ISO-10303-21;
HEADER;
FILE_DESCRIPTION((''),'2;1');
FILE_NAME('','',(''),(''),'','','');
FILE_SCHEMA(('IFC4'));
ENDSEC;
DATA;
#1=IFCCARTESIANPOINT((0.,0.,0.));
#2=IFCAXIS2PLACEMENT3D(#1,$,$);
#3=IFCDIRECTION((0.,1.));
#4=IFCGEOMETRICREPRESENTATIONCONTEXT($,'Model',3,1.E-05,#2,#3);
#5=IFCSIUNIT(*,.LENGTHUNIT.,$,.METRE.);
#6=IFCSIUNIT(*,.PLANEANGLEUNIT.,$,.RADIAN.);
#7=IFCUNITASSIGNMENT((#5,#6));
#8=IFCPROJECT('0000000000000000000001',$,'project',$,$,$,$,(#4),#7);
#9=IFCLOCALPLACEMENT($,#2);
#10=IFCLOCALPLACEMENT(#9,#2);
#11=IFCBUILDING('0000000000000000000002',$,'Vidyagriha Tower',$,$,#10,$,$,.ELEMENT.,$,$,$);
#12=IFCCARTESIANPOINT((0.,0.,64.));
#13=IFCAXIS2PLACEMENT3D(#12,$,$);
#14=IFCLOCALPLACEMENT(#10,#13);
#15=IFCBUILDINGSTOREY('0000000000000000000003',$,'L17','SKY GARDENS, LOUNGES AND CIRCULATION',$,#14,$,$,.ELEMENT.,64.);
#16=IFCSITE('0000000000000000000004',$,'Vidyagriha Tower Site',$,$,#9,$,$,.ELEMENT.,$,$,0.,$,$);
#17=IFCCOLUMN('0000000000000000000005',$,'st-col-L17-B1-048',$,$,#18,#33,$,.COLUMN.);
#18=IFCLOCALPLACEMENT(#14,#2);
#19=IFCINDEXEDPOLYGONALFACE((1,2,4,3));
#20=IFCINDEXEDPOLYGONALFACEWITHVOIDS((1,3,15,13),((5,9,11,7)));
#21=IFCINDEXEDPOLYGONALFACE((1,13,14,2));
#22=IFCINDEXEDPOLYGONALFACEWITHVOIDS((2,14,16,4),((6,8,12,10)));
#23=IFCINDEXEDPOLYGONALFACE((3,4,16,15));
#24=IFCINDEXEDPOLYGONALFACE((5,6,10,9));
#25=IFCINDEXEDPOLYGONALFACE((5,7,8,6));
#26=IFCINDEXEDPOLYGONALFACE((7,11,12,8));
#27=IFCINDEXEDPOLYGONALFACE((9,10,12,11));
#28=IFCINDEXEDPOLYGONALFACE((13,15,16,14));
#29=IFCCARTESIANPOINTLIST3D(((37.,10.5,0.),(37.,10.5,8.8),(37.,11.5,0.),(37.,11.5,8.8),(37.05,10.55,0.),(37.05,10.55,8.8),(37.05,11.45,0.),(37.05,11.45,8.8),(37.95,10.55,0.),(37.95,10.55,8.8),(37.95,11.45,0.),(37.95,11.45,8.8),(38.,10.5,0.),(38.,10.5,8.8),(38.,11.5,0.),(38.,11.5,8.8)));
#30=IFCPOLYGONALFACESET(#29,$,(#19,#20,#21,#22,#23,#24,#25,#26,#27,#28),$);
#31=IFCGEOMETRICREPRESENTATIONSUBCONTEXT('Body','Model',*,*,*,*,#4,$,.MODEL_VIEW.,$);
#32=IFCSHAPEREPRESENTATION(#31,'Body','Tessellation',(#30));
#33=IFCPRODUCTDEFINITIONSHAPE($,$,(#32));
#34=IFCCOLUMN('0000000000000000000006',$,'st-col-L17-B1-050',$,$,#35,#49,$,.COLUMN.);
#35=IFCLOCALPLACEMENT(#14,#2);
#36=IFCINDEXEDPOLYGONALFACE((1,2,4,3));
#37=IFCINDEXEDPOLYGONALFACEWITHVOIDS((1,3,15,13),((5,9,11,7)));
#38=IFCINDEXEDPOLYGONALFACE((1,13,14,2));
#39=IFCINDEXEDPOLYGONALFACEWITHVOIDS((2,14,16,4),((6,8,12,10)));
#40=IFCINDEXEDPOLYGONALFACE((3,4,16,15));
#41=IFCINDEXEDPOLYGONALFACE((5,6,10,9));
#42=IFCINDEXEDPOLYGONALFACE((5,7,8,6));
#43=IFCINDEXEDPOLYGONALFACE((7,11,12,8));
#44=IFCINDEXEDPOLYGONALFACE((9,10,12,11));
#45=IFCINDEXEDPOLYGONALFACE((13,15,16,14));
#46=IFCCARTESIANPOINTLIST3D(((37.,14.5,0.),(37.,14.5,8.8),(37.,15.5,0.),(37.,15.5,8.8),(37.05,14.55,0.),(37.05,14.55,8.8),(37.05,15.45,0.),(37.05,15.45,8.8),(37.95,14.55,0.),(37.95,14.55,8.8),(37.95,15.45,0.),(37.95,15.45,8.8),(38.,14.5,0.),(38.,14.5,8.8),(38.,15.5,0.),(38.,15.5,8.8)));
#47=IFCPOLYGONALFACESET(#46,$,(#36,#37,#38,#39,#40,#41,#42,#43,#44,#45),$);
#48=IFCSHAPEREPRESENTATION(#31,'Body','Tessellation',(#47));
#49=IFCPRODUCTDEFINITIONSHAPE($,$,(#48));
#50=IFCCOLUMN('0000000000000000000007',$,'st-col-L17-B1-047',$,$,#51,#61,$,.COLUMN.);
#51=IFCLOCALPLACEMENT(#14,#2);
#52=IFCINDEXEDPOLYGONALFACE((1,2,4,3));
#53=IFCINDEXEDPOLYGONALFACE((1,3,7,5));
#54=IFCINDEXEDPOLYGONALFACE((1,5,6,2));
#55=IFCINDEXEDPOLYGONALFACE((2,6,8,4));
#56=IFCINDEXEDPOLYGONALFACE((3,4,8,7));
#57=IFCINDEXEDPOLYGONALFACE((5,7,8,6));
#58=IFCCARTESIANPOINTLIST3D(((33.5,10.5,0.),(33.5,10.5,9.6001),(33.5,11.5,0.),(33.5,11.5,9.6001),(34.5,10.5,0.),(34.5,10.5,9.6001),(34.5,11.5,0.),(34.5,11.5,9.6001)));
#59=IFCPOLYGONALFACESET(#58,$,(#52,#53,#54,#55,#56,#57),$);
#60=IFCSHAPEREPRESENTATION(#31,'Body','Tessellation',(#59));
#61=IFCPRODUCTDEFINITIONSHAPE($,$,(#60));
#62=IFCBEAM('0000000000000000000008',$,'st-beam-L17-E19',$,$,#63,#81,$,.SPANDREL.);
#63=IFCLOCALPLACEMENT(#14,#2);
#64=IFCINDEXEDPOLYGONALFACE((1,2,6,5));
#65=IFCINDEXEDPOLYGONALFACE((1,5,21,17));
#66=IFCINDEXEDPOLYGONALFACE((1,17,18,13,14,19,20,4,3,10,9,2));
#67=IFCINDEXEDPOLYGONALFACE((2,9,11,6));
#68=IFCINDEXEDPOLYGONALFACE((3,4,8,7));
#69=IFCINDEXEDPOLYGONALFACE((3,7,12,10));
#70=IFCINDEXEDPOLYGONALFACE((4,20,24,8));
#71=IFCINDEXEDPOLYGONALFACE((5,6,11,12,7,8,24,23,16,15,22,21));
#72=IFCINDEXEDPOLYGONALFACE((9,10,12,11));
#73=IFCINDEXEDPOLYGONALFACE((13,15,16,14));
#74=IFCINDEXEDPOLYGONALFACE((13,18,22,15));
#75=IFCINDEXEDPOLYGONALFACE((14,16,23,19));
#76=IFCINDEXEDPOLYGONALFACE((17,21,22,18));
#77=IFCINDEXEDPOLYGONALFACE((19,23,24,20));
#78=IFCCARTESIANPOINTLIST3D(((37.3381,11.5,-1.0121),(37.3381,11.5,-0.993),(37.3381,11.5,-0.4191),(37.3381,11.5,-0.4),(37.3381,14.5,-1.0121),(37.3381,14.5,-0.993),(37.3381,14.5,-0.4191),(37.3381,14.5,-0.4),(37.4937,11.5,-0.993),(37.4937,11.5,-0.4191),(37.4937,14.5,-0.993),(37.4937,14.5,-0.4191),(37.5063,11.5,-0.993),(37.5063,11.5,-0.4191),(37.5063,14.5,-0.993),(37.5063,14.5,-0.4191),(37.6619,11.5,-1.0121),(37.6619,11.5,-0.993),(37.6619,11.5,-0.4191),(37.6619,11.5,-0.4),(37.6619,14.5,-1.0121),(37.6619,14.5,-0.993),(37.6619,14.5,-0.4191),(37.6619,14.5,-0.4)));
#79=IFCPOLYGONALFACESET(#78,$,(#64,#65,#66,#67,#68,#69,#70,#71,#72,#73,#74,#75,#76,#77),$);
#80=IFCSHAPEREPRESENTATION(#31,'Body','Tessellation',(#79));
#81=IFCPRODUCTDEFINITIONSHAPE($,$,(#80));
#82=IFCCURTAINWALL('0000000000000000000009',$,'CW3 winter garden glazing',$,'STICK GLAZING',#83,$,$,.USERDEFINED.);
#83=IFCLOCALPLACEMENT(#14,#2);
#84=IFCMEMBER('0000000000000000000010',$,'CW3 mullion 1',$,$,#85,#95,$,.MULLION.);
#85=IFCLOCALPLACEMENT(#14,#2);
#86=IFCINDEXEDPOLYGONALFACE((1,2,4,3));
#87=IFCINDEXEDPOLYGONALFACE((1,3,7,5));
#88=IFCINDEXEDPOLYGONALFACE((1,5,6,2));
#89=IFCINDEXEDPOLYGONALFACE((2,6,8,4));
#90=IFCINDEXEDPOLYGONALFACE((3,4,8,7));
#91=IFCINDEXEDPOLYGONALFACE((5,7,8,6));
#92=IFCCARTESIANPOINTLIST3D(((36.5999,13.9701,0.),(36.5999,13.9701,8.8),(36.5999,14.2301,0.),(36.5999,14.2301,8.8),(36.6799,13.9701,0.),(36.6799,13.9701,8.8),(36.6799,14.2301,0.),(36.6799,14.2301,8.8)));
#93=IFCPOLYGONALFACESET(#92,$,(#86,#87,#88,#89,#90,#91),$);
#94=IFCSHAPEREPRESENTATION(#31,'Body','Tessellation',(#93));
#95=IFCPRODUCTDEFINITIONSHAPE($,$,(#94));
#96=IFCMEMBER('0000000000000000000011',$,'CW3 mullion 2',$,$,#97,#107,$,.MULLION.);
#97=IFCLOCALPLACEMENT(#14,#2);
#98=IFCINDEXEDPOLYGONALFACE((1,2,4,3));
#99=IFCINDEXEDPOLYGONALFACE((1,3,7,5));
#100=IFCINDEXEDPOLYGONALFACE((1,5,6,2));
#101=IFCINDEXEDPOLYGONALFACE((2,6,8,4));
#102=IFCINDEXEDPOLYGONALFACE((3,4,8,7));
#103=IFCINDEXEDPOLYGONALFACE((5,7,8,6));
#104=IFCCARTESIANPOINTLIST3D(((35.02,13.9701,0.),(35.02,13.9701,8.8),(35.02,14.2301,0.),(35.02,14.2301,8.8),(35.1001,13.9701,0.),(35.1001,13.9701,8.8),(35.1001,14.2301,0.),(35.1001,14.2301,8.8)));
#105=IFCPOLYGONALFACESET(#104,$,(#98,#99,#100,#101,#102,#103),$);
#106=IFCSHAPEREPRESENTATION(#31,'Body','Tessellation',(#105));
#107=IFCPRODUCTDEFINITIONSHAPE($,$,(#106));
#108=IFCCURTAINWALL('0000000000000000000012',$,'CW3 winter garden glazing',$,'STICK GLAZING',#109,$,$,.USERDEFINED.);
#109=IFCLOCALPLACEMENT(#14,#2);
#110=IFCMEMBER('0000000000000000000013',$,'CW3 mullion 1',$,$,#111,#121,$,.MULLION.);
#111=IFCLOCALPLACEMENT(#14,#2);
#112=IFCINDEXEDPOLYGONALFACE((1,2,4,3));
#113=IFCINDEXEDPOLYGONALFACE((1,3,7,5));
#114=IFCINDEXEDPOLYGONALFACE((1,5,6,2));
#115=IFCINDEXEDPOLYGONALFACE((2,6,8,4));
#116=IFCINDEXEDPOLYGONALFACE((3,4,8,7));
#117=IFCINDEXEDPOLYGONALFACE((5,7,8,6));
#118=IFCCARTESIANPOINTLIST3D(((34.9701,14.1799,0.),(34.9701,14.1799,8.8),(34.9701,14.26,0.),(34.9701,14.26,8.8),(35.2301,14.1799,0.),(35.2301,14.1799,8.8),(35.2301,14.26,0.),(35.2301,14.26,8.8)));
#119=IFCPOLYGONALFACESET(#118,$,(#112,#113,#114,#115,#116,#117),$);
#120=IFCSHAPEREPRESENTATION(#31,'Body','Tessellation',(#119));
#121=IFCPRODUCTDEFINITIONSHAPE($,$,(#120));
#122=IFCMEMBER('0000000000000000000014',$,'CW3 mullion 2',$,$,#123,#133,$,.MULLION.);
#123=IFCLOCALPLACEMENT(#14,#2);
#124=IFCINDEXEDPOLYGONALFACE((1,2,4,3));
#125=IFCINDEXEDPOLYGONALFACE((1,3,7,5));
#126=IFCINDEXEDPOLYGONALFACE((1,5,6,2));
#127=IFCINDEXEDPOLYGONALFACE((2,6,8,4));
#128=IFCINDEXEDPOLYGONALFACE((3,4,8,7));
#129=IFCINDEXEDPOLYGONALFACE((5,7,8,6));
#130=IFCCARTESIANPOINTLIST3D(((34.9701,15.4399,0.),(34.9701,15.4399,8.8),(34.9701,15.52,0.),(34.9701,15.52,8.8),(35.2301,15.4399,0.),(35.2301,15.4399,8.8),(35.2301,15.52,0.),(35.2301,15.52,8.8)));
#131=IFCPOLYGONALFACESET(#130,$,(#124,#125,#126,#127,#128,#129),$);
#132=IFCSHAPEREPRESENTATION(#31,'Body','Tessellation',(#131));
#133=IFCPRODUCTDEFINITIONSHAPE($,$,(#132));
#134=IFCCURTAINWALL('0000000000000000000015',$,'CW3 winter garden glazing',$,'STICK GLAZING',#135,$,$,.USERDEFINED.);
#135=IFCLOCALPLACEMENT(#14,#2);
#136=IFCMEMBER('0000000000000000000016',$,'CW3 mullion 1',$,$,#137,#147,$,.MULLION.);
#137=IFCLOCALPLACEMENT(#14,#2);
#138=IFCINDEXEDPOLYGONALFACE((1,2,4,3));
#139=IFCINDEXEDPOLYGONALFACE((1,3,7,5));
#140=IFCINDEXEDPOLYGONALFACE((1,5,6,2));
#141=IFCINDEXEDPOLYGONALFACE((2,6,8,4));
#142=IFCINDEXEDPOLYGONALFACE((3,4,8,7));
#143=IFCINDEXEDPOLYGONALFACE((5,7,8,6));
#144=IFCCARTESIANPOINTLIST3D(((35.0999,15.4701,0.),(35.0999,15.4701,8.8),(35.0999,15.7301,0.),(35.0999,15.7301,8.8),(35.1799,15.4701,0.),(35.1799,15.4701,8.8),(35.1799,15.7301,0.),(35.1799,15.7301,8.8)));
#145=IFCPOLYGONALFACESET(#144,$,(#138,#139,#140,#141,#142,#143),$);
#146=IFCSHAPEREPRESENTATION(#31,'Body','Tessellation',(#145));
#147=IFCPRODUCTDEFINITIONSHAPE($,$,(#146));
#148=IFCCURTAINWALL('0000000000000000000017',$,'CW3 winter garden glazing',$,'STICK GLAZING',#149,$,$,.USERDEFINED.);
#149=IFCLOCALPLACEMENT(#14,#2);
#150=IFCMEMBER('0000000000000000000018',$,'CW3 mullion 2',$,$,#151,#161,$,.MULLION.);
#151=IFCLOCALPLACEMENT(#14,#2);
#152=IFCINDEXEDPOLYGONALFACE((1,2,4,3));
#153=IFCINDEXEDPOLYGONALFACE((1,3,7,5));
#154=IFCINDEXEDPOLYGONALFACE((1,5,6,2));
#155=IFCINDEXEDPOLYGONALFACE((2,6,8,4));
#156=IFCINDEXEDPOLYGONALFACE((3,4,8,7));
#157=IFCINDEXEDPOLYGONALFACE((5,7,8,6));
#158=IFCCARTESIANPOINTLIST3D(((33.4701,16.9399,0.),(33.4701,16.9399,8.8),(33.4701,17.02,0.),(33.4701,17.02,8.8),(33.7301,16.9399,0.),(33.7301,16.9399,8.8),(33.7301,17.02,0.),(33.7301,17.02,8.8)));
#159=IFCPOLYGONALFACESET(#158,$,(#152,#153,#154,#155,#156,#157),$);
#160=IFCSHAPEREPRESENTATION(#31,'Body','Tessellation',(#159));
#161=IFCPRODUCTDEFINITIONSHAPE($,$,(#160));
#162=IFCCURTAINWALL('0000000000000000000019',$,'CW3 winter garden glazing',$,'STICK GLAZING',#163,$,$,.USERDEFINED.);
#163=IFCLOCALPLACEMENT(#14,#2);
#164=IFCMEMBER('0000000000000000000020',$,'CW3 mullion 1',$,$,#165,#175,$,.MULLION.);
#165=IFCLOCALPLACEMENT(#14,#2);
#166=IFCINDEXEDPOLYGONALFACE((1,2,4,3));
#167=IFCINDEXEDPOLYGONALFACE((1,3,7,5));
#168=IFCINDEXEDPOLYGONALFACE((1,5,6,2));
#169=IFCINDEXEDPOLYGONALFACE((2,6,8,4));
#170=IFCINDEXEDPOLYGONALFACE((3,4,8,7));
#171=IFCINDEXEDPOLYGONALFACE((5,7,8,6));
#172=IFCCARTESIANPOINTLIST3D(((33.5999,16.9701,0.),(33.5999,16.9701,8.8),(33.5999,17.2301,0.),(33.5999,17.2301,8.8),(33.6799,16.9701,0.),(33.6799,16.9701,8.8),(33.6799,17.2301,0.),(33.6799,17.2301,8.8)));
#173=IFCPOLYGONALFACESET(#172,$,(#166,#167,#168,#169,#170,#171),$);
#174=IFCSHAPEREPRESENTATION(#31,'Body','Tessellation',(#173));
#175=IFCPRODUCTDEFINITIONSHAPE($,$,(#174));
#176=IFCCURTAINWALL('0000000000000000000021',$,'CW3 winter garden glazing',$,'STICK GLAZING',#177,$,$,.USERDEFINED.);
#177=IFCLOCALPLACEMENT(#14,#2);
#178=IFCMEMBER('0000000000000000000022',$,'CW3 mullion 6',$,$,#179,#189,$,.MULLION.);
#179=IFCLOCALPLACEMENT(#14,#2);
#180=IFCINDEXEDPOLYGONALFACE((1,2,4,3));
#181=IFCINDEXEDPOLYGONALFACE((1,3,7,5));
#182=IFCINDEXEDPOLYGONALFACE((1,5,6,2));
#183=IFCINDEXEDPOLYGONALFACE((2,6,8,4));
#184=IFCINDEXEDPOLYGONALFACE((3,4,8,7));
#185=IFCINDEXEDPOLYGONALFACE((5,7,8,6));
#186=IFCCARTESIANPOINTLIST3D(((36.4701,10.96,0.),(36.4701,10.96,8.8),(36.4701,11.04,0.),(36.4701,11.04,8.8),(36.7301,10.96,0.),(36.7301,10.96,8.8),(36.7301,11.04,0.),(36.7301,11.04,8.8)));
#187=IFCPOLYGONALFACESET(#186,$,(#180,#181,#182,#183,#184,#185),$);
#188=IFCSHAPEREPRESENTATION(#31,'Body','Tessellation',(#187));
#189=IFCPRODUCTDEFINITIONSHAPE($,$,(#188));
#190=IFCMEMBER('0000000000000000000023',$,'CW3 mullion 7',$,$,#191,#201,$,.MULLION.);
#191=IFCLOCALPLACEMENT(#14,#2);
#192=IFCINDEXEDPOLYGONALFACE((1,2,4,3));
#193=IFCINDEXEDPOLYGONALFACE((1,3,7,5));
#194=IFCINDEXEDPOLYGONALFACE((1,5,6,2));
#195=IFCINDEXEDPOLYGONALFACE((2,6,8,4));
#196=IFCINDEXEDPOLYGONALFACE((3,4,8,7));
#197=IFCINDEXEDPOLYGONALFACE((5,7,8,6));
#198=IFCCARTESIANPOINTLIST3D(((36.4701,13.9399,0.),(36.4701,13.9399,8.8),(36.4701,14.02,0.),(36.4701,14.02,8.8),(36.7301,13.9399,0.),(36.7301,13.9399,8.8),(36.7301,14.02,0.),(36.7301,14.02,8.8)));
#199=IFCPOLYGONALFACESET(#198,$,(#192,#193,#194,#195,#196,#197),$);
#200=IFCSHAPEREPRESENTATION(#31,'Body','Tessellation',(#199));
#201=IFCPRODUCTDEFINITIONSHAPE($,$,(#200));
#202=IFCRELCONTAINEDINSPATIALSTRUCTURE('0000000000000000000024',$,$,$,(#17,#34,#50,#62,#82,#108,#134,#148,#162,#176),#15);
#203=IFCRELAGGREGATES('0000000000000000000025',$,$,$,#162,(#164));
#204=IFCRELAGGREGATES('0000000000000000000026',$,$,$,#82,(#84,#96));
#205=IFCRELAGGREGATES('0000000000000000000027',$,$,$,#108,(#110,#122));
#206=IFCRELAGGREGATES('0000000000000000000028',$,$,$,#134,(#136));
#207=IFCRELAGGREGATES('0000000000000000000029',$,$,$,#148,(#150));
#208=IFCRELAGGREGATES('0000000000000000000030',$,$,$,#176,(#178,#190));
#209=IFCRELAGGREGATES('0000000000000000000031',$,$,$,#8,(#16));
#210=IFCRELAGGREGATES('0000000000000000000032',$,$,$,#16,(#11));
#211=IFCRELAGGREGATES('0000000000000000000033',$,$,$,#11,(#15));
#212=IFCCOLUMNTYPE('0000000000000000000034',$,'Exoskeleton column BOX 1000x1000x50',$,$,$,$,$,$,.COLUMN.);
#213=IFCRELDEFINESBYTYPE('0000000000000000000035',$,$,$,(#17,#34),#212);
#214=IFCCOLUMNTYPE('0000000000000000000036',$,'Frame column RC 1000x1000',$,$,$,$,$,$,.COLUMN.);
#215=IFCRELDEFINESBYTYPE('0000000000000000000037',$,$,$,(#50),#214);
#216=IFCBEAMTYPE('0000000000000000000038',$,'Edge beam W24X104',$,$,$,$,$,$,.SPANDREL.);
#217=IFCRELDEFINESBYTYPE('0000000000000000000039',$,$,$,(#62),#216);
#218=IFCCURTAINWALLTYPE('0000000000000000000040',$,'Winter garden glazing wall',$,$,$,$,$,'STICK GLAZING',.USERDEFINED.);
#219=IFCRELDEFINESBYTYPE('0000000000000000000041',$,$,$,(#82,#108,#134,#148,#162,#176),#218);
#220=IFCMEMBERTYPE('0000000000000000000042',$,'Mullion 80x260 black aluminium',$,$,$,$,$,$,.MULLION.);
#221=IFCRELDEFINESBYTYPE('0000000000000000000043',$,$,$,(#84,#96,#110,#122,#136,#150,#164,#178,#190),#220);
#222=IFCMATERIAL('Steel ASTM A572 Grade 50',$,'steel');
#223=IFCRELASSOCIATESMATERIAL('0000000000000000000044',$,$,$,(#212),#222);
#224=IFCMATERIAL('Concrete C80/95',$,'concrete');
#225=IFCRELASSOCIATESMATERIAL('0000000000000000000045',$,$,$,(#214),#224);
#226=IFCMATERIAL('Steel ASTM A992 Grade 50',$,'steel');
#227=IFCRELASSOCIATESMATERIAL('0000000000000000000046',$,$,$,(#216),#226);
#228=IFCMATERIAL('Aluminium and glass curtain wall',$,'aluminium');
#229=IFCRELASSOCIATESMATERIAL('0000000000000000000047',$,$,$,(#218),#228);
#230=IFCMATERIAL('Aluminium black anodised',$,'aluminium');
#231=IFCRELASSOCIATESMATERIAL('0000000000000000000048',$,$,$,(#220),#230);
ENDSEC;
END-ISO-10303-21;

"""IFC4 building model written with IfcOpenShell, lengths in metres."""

from ifc_helpers import new_model, si_unit, direction, frame, origin, origin_2d, place, context, subcontext, project, spatial, rectangle, hollow_rectangle, i_section, extrude, material, material_profile, profile_set, type_object, element, aggregate, save


model = new_model("IFC4")

# Units and contexts
model_context = context("Model", 3, precision=1e-05, world=origin(), true_north=direction((0.0, 1.0)))
body_context = subcontext(model_context, "Body", "Model", "MODEL_VIEW")
ifc_project = project(units=[si_unit("LENGTHUNIT", "METRE"), si_unit("PLANEANGLEUNIT", "RADIAN")], contexts=[model_context])

# Site, building, storey
site_placement = place(None, origin())
site = spatial("IfcSite", under=ifc_project, at=site_placement, Name="Vidyagriha Tower Site", CompositionType="ELEMENT", RefElevation=0.0)
building_placement = place(site_placement, origin())
building = spatial("IfcBuilding", under=site, at=building_placement, Name="Vidyagriha Tower", CompositionType="ELEMENT")
storey_placement = place(building_placement, frame((0.0, 0.0, 64.0)))
storey = spatial("IfcBuildingStorey", under=building, at=storey_placement, Name="L17", Description="SKY GARDENS, LOUNGES AND CIRCULATION", CompositionType="ELEMENT", Elevation=64.0)

# Columns
ifc_material_1 = material(Name="Steel ASTM A572 Grade 50", Category="steel")
ifc_material_profile_1 = material_profile(ifc_material_1, hollow_rectangle(XDim=1.0, YDim=1.0, WallThickness=0.05, at=origin_2d()), Name="BOX 1000x1000x50")
ifc_profile_set_1 = profile_set([ifc_material_profile_1], Name="Steel ASTM A572 Grade 50")
column_type_1 = type_object("IfcColumnType", Name="Exoskeleton column BOX 1000x1000x50", PredefinedType="COLUMN", material=ifc_profile_set_1)
for number, where, name in (
    (1, (37.5, 11.0, 0.0), "st-col-L17-B1-048"),
    (2, (37.5, 15.0, 0.0), "st-col-L17-B1-050"),
):
    element("IfcColumn", number, at=place(storey_placement, frame(where)), inside=storey, type_object=column_type_1, Name=name, PredefinedType="COLUMN", context=body_context, shape_type="SweptSolid", body=[
        extrude(hollow_rectangle(XDim=1.0, YDim=1.0, WallThickness=0.05, at=origin_2d()), origin(), (0.0, 0.0, 1.0), 8.8),
    ])
ifc_material_2 = material(Name="Concrete C80/95", Category="concrete")
ifc_material_profile_2 = material_profile(ifc_material_2, rectangle(XDim=1.0, YDim=1.0, at=origin_2d()), Name="RC 1000x1000")
ifc_profile_set_2 = profile_set([ifc_material_profile_2], Name="Concrete C80/95")
column_type_2 = type_object("IfcColumnType", Name="Frame column RC 1000x1000", PredefinedType="COLUMN", material=ifc_profile_set_2)
column_placement = place(storey_placement, frame((34.0, 11.0, 0.0)))
element("IfcColumn", 3, at=column_placement, inside=storey, type_object=column_type_2, Name="st-col-L17-B1-047", PredefinedType="COLUMN", context=body_context, shape_type="SweptSolid", body=[
    extrude(rectangle(XDim=1.0, YDim=1.0, at=origin_2d()), origin(), (0.0, 0.0, 1.0), 9.6001),
])

# Beam
ifc_material_3 = material(Name="Steel ASTM A992 Grade 50", Category="steel")
ifc_material_profile_3 = material_profile(ifc_material_3, i_section(OverallWidth=0.3237, OverallDepth=0.6121, WebThickness=0.0127, FlangeThickness=0.019, at=origin_2d()), Name="W24X104")
ifc_profile_set_3 = profile_set([ifc_material_profile_3], Name="Steel ASTM A992 Grade 50")
beam_type = type_object("IfcBeamType", Name="Edge beam W24X104", PredefinedType="SPANDREL", material=ifc_profile_set_3)
beam_placement = place(storey_placement, frame((37.5, 11.5, -0.7061), z_axis=(0.0, 1.0, 0.0), x_axis=(-1.0, 0.0, 0.0)))
element("IfcBeam", 4, at=beam_placement, inside=storey, type_object=beam_type, Name="st-beam-L17-E19", PredefinedType="SPANDREL", context=body_context, shape_type="SweptSolid", body=[
    extrude(i_section(OverallWidth=0.3237, OverallDepth=0.6121, WebThickness=0.0127, FlangeThickness=0.019, at=origin_2d()), origin(), (0.0, 0.0, 1.0), 3.0),
])

# Curtain walls, members
ifc_material_4 = material(Name="Aluminium and glass curtain wall", Category="aluminium")
curtain_wall_type = type_object("IfcCurtainWallType", Name="Winter garden glazing wall", ElementType="STICK GLAZING", PredefinedType="USERDEFINED", material=ifc_material_4)
curtain_wall_1_placement = place(storey_placement, origin())
curtain_wall_1 = element("IfcCurtainWall", 5, at=curtain_wall_1_placement, inside=storey, type_object=curtain_wall_type, Name="CW3 winter garden glazing", ObjectType="STICK GLAZING", PredefinedType="USERDEFINED")
ifc_material_5 = material(Name="Aluminium black anodised", Category="aluminium")
ifc_material_profile_4 = material_profile(ifc_material_5, rectangle(XDim=0.26, YDim=0.0801, at=origin_2d()), Name="Mullion 80x260 black aluminium")
ifc_profile_set_4 = profile_set([ifc_material_profile_4], Name="Aluminium black anodised")
member_type_1 = type_object("IfcMemberType", Name="Mullion 80x260 black aluminium", PredefinedType="MULLION", material=ifc_profile_set_4)
member_1_placement = place(storey_placement, frame((36.6399, 14.1001, 0.0), z_axis=(0.0, 0.0, 1.0), x_axis=(0.0, -1.0, 0.0)))
member_1 = element("IfcMember", 6, at=member_1_placement, type_object=member_type_1, Name="CW3 mullion 1", PredefinedType="MULLION", context=body_context, shape_type="SweptSolid", body=[
    extrude(rectangle(XDim=0.26, YDim=0.0801, at=origin_2d()), origin(), (0.0, 0.0, 1.0), 8.8),
])
member_2_placement = place(storey_placement, frame((35.0601, 14.1001, 0.0), z_axis=(0.0, 0.0, 1.0), x_axis=(0.0, -1.0, 0.0)))
member_2 = element("IfcMember", 7, at=member_2_placement, type_object=member_type_1, Name="CW3 mullion 2", PredefinedType="MULLION", context=body_context, shape_type="SweptSolid", body=[
    extrude(rectangle(XDim=0.26, YDim=0.0801, at=origin_2d()), origin(), (0.0, 0.0, 1.0), 8.8),
])
curtain_wall_2_placement = place(storey_placement, origin())
curtain_wall_2 = element("IfcCurtainWall", 8, at=curtain_wall_2_placement, inside=storey, type_object=curtain_wall_type, Name="CW3 winter garden glazing", ObjectType="STICK GLAZING", PredefinedType="USERDEFINED")
member_3_placement = place(storey_placement, frame((35.1001, 14.22, 0.0), z_axis=(0.0, 0.0, 1.0), x_axis=(-1.0, 0.0, 0.0)))
member_3 = element("IfcMember", 9, at=member_3_placement, type_object=member_type_1, Name="CW3 mullion 1", PredefinedType="MULLION", context=body_context, shape_type="SweptSolid", body=[
    extrude(rectangle(XDim=0.26, YDim=0.0801, at=origin_2d()), origin(), (0.0, 0.0, 1.0), 8.8),
])
member_4_placement = place(storey_placement, frame((35.1001, 15.48, 0.0), z_axis=(0.0, 0.0, 1.0), x_axis=(-1.0, 0.0, 0.0)))
member_4 = element("IfcMember", 10, at=member_4_placement, type_object=member_type_1, Name="CW3 mullion 2", PredefinedType="MULLION", context=body_context, shape_type="SweptSolid", body=[
    extrude(rectangle(XDim=0.26, YDim=0.0801, at=origin_2d()), origin(), (0.0, 0.0, 1.0), 8.8),
])

# Curtain walls, members
curtain_wall_3_placement = place(storey_placement, origin())
curtain_wall_3 = element("IfcCurtainWall", 11, at=curtain_wall_3_placement, inside=storey, type_object=curtain_wall_type, Name="CW3 winter garden glazing", ObjectType="STICK GLAZING", PredefinedType="USERDEFINED")
member_5_placement = place(storey_placement, frame((35.1399, 15.6001, 0.0), z_axis=(0.0, 0.0, 1.0), x_axis=(0.0, -1.0, 0.0)))
member_5 = element("IfcMember", 12, at=member_5_placement, type_object=member_type_1, Name="CW3 mullion 1", PredefinedType="MULLION", context=body_context, shape_type="SweptSolid", body=[
    extrude(rectangle(XDim=0.26, YDim=0.0801, at=origin_2d()), origin(), (0.0, 0.0, 1.0), 8.8),
])
curtain_wall_4_placement = place(storey_placement, origin())
curtain_wall_4 = element("IfcCurtainWall", 13, at=curtain_wall_4_placement, inside=storey, type_object=curtain_wall_type, Name="CW3 winter garden glazing", ObjectType="STICK GLAZING", PredefinedType="USERDEFINED")
member_6_placement = place(storey_placement, frame((33.6001, 16.98, 0.0), z_axis=(0.0, 0.0, 1.0), x_axis=(-1.0, 0.0, 0.0)))
member_6 = element("IfcMember", 14, at=member_6_placement, type_object=member_type_1, Name="CW3 mullion 2", PredefinedType="MULLION", context=body_context, shape_type="SweptSolid", body=[
    extrude(rectangle(XDim=0.26, YDim=0.0801, at=origin_2d()), origin(), (0.0, 0.0, 1.0), 8.8),
])
curtain_wall_5_placement = place(storey_placement, origin())
curtain_wall_5 = element("IfcCurtainWall", 15, at=curtain_wall_5_placement, inside=storey, type_object=curtain_wall_type, Name="CW3 winter garden glazing", ObjectType="STICK GLAZING", PredefinedType="USERDEFINED")
member_7_placement = place(storey_placement, frame((33.6399, 17.1001, 0.0), z_axis=(0.0, 0.0, 1.0), x_axis=(0.0, -1.0, 0.0)))
member_7 = element("IfcMember", 16, at=member_7_placement, type_object=member_type_1, Name="CW3 mullion 1", PredefinedType="MULLION", context=body_context, shape_type="SweptSolid", body=[
    extrude(rectangle(XDim=0.26, YDim=0.0801, at=origin_2d()), origin(), (0.0, 0.0, 1.0), 8.8),
])

# Curtain wall, members
curtain_wall_6_placement = place(storey_placement, origin())
curtain_wall_6 = element("IfcCurtainWall", 17, at=curtain_wall_6_placement, inside=storey, type_object=curtain_wall_type, Name="CW3 winter garden glazing", ObjectType="STICK GLAZING", PredefinedType="USERDEFINED")
member_8_placement = place(storey_placement, frame((36.6001, 11.0, 0.0), z_axis=(0.0, 0.0, 1.0), x_axis=(-1.0, 0.0, 0.0)))
member_8 = element("IfcMember", 18, at=member_8_placement, type_object=member_type_1, Name="CW3 mullion 6", PredefinedType="MULLION", context=body_context, shape_type="SweptSolid", body=[
    extrude(rectangle(XDim=0.26, YDim=0.0801, at=origin_2d()), origin(), (0.0, 0.0, 1.0), 8.8),
])
member_9_placement = place(storey_placement, frame((36.6001, 13.98, 0.0), z_axis=(0.0, 0.0, 1.0), x_axis=(-1.0, 0.0, 0.0)))
member_9 = element("IfcMember", 19, at=member_9_placement, type_object=member_type_1, Name="CW3 mullion 7", PredefinedType="MULLION", context=body_context, shape_type="SweptSolid", body=[
    extrude(rectangle(XDim=0.26, YDim=0.0801, at=origin_2d()), origin(), (0.0, 0.0, 1.0), 8.8),
])

aggregate(curtain_wall_5, [member_7])

aggregate(curtain_wall_1, [member_1, member_2])
aggregate(curtain_wall_2, [member_3, member_4])
aggregate(curtain_wall_3, [member_5])
aggregate(curtain_wall_4, [member_6])
aggregate(curtain_wall_6, [member_8, member_9])

save(model, "model.ifc")
